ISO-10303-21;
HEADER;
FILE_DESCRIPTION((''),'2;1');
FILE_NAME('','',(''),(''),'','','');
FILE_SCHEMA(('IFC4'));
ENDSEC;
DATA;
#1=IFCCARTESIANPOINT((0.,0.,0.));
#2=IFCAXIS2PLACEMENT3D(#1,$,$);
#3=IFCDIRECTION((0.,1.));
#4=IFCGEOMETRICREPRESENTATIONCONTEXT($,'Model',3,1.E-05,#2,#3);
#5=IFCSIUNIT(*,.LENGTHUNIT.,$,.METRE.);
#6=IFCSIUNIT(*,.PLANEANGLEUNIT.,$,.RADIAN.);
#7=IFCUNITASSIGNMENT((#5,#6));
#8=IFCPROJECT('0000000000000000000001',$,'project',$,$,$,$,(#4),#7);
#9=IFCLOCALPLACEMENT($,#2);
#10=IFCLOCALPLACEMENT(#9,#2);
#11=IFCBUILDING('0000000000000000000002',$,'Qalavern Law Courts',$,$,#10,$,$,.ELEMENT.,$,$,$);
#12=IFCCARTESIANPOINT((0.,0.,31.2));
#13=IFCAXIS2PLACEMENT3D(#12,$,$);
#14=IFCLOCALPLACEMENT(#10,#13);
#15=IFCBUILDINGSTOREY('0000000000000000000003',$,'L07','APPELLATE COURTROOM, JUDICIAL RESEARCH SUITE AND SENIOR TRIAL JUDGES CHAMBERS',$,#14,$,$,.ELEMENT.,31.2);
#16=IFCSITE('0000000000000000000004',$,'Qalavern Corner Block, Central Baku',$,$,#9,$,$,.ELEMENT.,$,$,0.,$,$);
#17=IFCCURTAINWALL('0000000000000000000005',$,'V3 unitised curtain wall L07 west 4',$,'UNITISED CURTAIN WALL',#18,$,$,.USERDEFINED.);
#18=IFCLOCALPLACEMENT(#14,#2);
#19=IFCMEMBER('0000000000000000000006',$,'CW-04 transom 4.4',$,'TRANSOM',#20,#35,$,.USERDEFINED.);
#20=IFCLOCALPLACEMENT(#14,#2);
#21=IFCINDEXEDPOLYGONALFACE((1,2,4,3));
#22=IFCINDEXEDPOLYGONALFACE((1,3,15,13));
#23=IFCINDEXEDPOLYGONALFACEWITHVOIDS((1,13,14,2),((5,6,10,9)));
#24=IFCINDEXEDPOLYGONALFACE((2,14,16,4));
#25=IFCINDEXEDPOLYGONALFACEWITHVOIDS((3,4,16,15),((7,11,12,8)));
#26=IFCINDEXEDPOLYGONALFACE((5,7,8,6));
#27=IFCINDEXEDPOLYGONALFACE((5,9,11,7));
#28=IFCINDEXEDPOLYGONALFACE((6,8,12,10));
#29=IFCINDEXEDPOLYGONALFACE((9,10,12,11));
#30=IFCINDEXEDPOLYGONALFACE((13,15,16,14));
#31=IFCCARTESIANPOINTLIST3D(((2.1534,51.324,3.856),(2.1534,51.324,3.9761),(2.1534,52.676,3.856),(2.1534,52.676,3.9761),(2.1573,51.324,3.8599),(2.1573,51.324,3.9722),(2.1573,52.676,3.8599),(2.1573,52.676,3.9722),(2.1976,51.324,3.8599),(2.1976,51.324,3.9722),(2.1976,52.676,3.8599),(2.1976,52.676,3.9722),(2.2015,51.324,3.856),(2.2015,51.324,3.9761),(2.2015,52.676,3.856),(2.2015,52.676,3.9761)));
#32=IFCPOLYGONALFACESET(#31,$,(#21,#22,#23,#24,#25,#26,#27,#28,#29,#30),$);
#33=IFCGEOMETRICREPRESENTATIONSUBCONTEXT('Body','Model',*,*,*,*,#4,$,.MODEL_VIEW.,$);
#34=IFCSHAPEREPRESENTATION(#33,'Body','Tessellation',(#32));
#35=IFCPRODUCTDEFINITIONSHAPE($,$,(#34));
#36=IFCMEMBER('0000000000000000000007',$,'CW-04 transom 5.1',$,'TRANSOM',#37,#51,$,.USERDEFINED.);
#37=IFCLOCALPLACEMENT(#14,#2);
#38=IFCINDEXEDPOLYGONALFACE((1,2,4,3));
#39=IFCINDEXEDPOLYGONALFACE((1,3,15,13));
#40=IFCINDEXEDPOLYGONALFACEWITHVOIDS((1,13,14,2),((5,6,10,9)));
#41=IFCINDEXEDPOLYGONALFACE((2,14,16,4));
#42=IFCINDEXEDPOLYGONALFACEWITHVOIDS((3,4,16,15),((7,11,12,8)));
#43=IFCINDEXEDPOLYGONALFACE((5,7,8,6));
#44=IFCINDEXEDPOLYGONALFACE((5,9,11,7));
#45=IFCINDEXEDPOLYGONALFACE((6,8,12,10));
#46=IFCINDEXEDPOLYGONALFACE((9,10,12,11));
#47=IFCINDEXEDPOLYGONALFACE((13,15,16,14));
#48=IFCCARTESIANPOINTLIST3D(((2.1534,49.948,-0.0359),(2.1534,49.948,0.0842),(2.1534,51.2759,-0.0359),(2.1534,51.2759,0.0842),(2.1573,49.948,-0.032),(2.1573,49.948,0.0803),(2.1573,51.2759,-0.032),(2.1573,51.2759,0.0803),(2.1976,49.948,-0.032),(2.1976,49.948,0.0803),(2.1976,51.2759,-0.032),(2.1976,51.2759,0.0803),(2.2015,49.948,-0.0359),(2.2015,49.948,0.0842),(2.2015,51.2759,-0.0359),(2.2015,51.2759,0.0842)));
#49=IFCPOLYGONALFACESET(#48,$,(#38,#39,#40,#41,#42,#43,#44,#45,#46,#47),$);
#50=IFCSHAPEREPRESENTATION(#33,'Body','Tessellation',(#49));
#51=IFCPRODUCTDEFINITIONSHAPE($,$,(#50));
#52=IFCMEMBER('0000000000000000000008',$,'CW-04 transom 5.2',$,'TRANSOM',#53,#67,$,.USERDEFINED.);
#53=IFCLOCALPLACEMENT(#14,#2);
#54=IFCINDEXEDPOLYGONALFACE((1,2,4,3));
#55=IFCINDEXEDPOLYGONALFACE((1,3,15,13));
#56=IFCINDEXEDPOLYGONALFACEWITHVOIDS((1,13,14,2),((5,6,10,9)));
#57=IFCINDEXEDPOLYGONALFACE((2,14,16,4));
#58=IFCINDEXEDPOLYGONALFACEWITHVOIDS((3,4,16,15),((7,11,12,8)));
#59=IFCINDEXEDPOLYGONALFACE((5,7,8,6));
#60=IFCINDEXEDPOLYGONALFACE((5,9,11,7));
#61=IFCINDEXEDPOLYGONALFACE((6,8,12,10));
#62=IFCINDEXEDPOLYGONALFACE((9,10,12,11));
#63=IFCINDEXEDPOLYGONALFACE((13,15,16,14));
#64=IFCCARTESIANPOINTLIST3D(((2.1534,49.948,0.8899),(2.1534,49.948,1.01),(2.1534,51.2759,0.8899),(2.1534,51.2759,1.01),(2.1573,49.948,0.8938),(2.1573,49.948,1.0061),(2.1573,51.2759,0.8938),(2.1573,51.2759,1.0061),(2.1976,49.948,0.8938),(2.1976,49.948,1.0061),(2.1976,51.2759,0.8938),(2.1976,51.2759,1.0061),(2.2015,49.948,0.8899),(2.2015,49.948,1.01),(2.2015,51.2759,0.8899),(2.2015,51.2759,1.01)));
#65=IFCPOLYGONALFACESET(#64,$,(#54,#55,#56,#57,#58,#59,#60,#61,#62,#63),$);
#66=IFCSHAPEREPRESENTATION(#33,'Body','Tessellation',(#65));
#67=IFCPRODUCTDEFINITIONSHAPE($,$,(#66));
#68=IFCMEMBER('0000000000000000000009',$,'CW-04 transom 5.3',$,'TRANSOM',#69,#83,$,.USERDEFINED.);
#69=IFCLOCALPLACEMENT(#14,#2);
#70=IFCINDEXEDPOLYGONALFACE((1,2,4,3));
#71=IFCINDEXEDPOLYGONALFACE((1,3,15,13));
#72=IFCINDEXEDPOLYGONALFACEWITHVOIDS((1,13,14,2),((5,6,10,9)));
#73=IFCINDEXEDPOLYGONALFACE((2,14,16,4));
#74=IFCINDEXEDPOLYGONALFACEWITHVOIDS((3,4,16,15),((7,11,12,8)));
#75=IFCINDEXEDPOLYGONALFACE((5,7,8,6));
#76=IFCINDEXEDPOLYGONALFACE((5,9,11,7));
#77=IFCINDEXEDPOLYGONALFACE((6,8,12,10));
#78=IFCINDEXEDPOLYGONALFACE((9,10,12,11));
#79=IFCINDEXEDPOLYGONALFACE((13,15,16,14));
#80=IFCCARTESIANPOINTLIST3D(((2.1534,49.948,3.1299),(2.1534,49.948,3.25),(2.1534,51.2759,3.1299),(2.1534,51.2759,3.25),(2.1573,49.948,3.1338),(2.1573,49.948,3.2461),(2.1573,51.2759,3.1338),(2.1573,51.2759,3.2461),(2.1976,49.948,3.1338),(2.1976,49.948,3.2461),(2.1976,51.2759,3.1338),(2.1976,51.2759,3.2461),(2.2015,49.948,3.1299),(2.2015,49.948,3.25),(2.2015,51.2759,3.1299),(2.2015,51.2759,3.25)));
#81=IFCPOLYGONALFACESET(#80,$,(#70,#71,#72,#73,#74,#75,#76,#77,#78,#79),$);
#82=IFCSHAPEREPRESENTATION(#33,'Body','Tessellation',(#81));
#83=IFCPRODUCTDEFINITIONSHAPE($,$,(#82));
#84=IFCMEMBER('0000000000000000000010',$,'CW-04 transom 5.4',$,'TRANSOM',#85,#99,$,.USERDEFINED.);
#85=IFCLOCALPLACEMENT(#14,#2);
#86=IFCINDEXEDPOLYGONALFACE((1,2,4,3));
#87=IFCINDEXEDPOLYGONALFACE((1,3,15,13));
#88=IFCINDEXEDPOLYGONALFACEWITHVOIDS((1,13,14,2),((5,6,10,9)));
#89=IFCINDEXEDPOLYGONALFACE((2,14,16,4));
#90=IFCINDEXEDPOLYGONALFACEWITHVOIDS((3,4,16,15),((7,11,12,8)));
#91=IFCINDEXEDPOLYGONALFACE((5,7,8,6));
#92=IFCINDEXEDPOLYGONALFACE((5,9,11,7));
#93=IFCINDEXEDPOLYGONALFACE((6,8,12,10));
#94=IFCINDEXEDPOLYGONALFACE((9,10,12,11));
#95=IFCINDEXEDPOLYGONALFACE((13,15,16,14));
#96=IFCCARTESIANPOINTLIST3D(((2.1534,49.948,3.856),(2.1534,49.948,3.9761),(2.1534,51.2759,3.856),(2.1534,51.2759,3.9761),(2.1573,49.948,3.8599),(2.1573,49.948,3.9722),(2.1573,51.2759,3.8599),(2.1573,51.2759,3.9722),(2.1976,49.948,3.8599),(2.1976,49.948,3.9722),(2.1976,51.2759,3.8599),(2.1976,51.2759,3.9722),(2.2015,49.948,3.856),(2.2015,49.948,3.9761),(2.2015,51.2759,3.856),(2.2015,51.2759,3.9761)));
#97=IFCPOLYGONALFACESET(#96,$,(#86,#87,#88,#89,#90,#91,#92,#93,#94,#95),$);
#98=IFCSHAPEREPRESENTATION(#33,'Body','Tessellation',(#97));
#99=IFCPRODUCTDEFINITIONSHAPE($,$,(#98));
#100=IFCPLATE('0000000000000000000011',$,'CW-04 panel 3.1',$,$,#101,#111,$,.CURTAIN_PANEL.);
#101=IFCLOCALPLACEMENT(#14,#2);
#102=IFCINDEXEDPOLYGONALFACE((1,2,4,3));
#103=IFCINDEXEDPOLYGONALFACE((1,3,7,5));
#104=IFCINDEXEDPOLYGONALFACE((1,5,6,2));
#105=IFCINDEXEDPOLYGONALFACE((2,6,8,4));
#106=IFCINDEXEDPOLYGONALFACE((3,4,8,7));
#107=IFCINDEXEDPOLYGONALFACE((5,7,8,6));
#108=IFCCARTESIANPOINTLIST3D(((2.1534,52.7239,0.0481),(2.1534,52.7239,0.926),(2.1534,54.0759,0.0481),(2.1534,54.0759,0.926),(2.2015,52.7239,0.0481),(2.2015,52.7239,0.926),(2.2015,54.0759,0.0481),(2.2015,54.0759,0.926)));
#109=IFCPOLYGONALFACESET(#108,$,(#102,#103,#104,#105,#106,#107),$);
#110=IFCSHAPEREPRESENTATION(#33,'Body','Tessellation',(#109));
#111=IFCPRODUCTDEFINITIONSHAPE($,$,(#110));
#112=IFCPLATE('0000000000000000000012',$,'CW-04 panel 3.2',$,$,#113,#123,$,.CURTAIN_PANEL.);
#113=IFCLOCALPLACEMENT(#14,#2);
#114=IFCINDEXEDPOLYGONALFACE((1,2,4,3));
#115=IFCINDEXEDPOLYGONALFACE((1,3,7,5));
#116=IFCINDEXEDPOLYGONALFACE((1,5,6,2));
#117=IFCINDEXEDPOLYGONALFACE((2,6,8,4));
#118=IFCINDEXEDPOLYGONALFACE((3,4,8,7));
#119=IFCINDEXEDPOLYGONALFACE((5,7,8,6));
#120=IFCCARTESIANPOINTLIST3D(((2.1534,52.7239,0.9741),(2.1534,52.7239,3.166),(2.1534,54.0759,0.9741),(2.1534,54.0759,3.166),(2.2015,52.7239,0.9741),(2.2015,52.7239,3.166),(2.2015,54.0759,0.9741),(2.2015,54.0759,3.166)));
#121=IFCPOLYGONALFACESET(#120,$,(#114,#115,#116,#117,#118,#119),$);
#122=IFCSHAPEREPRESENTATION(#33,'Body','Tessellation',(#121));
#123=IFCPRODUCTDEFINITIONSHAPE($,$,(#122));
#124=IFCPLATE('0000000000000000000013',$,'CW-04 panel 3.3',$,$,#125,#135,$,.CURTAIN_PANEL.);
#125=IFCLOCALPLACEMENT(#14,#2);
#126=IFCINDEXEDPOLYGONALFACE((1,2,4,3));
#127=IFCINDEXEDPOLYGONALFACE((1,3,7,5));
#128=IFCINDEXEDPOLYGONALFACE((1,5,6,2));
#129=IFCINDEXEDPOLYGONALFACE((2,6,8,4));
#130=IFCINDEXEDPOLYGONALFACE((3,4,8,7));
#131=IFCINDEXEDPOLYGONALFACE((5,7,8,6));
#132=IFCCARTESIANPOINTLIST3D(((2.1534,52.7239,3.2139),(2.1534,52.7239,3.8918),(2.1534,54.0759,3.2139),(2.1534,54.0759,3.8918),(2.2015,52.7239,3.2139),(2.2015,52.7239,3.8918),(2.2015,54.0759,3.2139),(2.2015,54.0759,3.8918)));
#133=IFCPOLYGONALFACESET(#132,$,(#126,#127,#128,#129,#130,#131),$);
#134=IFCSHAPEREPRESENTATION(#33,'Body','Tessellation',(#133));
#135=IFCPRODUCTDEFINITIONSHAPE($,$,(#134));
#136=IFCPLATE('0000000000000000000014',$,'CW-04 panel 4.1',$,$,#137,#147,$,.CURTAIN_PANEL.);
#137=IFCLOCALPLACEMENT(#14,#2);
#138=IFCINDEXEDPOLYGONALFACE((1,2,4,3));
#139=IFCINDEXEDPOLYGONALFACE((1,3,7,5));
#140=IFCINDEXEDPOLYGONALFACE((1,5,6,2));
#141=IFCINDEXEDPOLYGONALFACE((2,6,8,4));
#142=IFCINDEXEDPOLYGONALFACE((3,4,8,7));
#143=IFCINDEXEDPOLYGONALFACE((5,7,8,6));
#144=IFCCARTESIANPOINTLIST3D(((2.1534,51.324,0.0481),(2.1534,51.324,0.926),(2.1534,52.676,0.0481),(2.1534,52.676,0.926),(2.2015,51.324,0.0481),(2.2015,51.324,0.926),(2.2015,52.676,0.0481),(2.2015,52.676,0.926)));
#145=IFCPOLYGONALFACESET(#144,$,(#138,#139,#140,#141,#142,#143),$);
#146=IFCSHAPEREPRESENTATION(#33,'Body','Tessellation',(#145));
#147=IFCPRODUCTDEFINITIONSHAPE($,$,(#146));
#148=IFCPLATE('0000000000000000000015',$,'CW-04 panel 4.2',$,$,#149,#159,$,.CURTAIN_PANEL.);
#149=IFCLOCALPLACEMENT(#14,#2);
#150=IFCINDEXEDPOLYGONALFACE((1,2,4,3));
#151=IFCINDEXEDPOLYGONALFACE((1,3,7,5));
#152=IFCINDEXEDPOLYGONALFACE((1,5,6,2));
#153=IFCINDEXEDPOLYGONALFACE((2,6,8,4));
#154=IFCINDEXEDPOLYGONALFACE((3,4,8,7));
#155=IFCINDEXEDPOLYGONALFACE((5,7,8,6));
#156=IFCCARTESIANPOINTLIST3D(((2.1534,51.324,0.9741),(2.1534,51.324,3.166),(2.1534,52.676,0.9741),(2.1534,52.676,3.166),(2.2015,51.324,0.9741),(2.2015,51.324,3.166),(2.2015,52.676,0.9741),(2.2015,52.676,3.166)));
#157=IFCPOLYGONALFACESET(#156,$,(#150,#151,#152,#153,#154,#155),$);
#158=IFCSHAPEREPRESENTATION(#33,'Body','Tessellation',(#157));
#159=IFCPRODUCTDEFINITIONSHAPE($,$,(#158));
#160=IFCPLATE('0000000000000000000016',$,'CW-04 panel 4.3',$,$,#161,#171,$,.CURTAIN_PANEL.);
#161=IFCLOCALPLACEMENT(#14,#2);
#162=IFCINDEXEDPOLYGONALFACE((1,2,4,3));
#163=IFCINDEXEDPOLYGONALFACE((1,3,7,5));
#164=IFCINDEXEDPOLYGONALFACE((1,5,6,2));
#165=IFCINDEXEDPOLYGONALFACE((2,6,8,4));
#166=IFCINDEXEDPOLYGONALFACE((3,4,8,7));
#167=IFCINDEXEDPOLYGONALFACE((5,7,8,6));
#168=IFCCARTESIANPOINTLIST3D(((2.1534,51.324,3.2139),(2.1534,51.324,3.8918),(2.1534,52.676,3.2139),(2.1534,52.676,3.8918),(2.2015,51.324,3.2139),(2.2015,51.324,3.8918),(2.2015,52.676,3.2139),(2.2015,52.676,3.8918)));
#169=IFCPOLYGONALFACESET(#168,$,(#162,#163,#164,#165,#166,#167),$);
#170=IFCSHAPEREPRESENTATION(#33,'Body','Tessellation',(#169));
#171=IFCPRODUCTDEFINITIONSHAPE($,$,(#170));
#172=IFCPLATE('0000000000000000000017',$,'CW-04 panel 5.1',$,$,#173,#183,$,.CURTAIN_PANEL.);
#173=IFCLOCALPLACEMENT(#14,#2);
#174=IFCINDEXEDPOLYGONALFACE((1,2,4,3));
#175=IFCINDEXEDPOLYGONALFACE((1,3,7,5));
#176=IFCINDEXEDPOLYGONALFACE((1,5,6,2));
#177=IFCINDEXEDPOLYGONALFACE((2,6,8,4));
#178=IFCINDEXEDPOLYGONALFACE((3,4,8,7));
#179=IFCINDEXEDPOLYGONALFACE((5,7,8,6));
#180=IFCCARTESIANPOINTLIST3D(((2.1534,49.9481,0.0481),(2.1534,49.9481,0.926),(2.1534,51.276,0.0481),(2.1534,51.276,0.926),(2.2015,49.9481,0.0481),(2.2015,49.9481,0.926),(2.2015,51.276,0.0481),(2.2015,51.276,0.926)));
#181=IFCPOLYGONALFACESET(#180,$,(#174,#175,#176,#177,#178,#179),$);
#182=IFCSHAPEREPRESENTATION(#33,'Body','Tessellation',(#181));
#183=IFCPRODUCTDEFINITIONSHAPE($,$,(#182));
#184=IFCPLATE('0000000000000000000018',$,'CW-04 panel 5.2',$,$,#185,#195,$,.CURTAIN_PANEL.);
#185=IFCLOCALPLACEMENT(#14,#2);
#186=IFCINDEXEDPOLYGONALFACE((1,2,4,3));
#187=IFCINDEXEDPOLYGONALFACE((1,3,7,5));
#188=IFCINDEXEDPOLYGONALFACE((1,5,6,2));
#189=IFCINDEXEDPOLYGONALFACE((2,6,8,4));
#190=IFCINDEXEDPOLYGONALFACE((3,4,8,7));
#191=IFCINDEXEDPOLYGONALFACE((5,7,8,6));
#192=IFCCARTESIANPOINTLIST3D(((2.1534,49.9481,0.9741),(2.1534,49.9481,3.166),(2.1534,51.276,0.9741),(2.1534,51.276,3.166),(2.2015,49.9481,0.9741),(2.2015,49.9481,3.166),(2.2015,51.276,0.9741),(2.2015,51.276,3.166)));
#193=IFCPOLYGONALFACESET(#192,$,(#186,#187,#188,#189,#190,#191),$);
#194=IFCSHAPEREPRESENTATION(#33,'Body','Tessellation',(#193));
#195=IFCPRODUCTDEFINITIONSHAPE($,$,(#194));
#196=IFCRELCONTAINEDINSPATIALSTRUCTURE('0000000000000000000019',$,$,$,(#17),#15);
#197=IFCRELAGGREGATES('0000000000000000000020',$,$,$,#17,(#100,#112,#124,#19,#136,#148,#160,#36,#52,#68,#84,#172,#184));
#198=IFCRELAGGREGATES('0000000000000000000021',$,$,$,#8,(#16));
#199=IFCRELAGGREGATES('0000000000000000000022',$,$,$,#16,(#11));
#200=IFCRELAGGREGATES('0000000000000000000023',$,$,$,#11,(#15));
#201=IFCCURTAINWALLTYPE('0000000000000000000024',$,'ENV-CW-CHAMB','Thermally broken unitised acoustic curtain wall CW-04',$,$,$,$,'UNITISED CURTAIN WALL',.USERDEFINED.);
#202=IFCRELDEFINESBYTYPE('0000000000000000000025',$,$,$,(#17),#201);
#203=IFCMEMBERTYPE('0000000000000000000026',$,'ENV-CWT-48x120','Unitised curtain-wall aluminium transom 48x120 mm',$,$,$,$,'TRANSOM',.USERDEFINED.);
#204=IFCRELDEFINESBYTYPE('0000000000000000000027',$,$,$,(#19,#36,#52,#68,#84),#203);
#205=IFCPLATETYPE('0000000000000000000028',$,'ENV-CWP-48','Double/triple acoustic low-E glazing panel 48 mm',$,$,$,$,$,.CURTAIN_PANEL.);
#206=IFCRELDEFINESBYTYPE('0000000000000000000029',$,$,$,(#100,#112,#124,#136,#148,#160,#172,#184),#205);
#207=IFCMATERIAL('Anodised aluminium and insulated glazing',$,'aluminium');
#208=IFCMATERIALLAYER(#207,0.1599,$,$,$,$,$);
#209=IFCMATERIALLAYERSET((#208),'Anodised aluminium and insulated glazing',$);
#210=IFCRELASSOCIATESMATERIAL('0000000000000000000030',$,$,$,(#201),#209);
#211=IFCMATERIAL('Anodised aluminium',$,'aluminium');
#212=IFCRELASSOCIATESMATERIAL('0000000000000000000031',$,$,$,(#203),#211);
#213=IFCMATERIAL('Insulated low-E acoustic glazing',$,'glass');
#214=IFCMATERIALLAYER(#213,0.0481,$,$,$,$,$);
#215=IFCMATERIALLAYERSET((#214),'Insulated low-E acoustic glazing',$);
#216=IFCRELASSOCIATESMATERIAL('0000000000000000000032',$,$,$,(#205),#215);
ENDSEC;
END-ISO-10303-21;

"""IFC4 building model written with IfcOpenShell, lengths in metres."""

from ifc_helpers import new_model, si_unit, direction, frame, origin, origin_2d, place, context, subcontext, project, spatial, rectangle, hollow_rectangle, extrude, material, layer, layer_set, material_profile, profile_set, type_object, element, aggregate, save


model = new_model("IFC4")

# Units and contexts
model_context = context("Model", 3, precision=1e-05, world=origin(), true_north=direction((0.0, 1.0)))
body_context = subcontext(model_context, "Body", "Model", "MODEL_VIEW")
ifc_project = project(units=[si_unit("LENGTHUNIT", "METRE"), si_unit("PLANEANGLEUNIT", "RADIAN")], contexts=[model_context])

# Site, building, storey
site_placement = place(None, origin())
site = spatial("IfcSite", under=ifc_project, at=site_placement, Name="Qalavern Corner Block, Central Baku", CompositionType="ELEMENT", RefElevation=0.0)
building_placement = place(site_placement, origin())
building = spatial("IfcBuilding", under=site, at=building_placement, Name="Qalavern Law Courts", CompositionType="ELEMENT")
storey_placement = place(building_placement, frame((0.0, 0.0, 31.2)))
storey = spatial("IfcBuildingStorey", under=building, at=storey_placement, Name="L07", Description="APPELLATE COURTROOM, JUDICIAL RESEARCH SUITE AND SENIOR TRIAL JUDGES CHAMBERS", CompositionType="ELEMENT", Elevation=31.2)

# Curtain wall, members, plates
ifc_material_1 = material(Name="Anodised aluminium and insulated glazing", Category="aluminium")
ifc_layer_1 = layer(ifc_material_1, 0.1599)
ifc_layer_set_1 = layer_set([ifc_layer_1], Name="Anodised aluminium and insulated glazing")
curtain_wall_type = type_object("IfcCurtainWallType", Name="ENV-CW-CHAMB", Description="Thermally broken unitised acoustic curtain wall CW-04", ElementType="UNITISED CURTAIN WALL", PredefinedType="USERDEFINED", material=ifc_layer_set_1)
curtain_wall_placement = place(storey_placement, origin())
curtain_wall = element("IfcCurtainWall", 1, at=curtain_wall_placement, inside=storey, type_object=curtain_wall_type, Name="V3 unitised curtain wall L07 west 4", ObjectType="UNITISED CURTAIN WALL", PredefinedType="USERDEFINED")
ifc_material_2 = material(Name="Anodised aluminium", Category="aluminium")
ifc_material_profile_1 = material_profile(ifc_material_2, hollow_rectangle(XDim=0.0481, YDim=0.1201, WallThickness=0.0039, at=origin_2d()), Name="ALU TRANSOM 48x120")
ifc_profile_set_1 = profile_set([ifc_material_profile_1], Name="Anodised aluminium")
member_type_1 = type_object("IfcMemberType", Name="ENV-CWT-48x120", Description="Unitised curtain-wall aluminium transom 48x120 mm", ElementType="TRANSOM", PredefinedType="USERDEFINED", material=ifc_profile_set_1)
member_1_placement = place(storey_placement, frame((2.1775, 52.676, 3.916), z_axis=(0.0, -1.0, 0.0), x_axis=(1.0, 0.0, 0.0)))
member_1 = element("IfcMember", 2, at=member_1_placement, type_object=member_type_1, Name="CW-04 transom 4.4", ObjectType="TRANSOM", PredefinedType="USERDEFINED", context=body_context, shape_type="SweptSolid", body=[
    extrude(hollow_rectangle(XDim=0.0481, YDim=0.1201, WallThickness=0.0039, at=origin_2d()), origin(), (0.0, 0.0, 1.0), 1.3521),
])
member_2_placement = place(storey_placement, frame((2.1775, 51.2759, 0.0242), z_axis=(0.0, -1.0, 0.0), x_axis=(1.0, 0.0, 0.0)))
member_2 = element("IfcMember", 3, at=member_2_placement, type_object=member_type_1, Name="CW-04 transom 5.1", ObjectType="TRANSOM", PredefinedType="USERDEFINED", context=body_context, shape_type="SweptSolid", body=[
    extrude(hollow_rectangle(XDim=0.0481, YDim=0.1201, WallThickness=0.0039, at=origin_2d()), origin(), (0.0, 0.0, 1.0), 1.3279),
])
member_3_placement = place(storey_placement, frame((2.1775, 51.2759, 0.95), z_axis=(0.0, -1.0, 0.0), x_axis=(1.0, 0.0, 0.0)))
member_3 = element("IfcMember", 4, at=member_3_placement, type_object=member_type_1, Name="CW-04 transom 5.2", ObjectType="TRANSOM", PredefinedType="USERDEFINED", context=body_context, shape_type="SweptSolid", body=[
    extrude(hollow_rectangle(XDim=0.0481, YDim=0.1201, WallThickness=0.0039, at=origin_2d()), origin(), (0.0, 0.0, 1.0), 1.3279),
])
member_4_placement = place(storey_placement, frame((2.1775, 51.2759, 3.1899), z_axis=(0.0, -1.0, 0.0), x_axis=(1.0, 0.0, 0.0)))
member_4 = element("IfcMember", 5, at=member_4_placement, type_object=member_type_1, Name="CW-04 transom 5.3", ObjectType="TRANSOM", PredefinedType="USERDEFINED", context=body_context, shape_type="SweptSolid", body=[
    extrude(hollow_rectangle(XDim=0.0481, YDim=0.1201, WallThickness=0.0039, at=origin_2d()), origin(), (0.0, 0.0, 1.0), 1.3279),
])
member_5_placement = place(storey_placement, frame((2.1775, 51.2759, 3.916), z_axis=(0.0, -1.0, 0.0), x_axis=(1.0, 0.0, 0.0)))
member_5 = element("IfcMember", 6, at=member_5_placement, type_object=member_type_1, Name="CW-04 transom 5.4", ObjectType="TRANSOM", PredefinedType="USERDEFINED", context=body_context, shape_type="SweptSolid", body=[
    extrude(hollow_rectangle(XDim=0.0481, YDim=0.1201, WallThickness=0.0039, at=origin_2d()), origin(), (0.0, 0.0, 1.0), 1.3279),
])
ifc_material_3 = material(Name="Insulated low-E acoustic glazing", Category="glass")
ifc_layer_2 = layer(ifc_material_3, 0.0481)
ifc_layer_set_2 = layer_set([ifc_layer_2], Name="Insulated low-E acoustic glazing")
plate_type = type_object("IfcPlateType", Name="ENV-CWP-48", Description="Double/triple acoustic low-E glazing panel 48 mm", PredefinedType="CURTAIN_PANEL", material=ifc_layer_set_2)
plate_1_placement = place(storey_placement, frame((2.1775, 53.3999, 0.0481), z_axis=(0.0, 0.0, 1.0), x_axis=(0.0, -1.0, 0.0)))
plate_1 = element("IfcPlate", 7, at=plate_1_placement, type_object=plate_type, Name="CW-04 panel 3.1", PredefinedType="CURTAIN_PANEL", context=body_context, shape_type="SweptSolid", body=[
    extrude(rectangle(XDim=1.3521, YDim=0.0481, at=origin_2d()), origin(), (0.0, 0.0, 1.0), 0.8779),
])
plate_2_placement = place(storey_placement, frame((2.1775, 53.3999, 0.9741), z_axis=(0.0, 0.0, 1.0), x_axis=(0.0, -1.0, 0.0)))
plate_2 = element("IfcPlate", 8, at=plate_2_placement, type_object=plate_type, Name="CW-04 panel 3.2", PredefinedType="CURTAIN_PANEL", context=body_context, shape_type="SweptSolid", body=[
    extrude(rectangle(XDim=1.3521, YDim=0.0481, at=origin_2d()), origin(), (0.0, 0.0, 1.0), 2.1919),
])
plate_3_placement = place(storey_placement, frame((2.1775, 53.3999, 3.2139), z_axis=(0.0, 0.0, 1.0), x_axis=(0.0, -1.0, 0.0)))
plate_3 = element("IfcPlate", 9, at=plate_3_placement, type_object=plate_type, Name="CW-04 panel 3.3", PredefinedType="CURTAIN_PANEL", context=body_context, shape_type="SweptSolid", body=[
    extrude(rectangle(XDim=1.3521, YDim=0.0481, at=origin_2d()), origin(), (0.0, 0.0, 1.0), 0.678),
])
plate_4_placement = place(storey_placement, frame((2.1775, 52.0, 0.0481), z_axis=(0.0, 0.0, 1.0), x_axis=(0.0, -1.0, 0.0)))
plate_4 = element("IfcPlate", 10, at=plate_4_placement, type_object=plate_type, Name="CW-04 panel 4.1", PredefinedType="CURTAIN_PANEL", context=body_context, shape_type="SweptSolid", body=[
    extrude(rectangle(XDim=1.3521, YDim=0.0481, at=origin_2d()), origin(), (0.0, 0.0, 1.0), 0.8779),
])
plate_5_placement = place(storey_placement, frame((2.1775, 52.0, 0.9741), z_axis=(0.0, 0.0, 1.0), x_axis=(0.0, -1.0, 0.0)))
plate_5 = element("IfcPlate", 11, at=plate_5_placement, type_object=plate_type, Name="CW-04 panel 4.2", PredefinedType="CURTAIN_PANEL", context=body_context, shape_type="SweptSolid", body=[
    extrude(rectangle(XDim=1.3521, YDim=0.0481, at=origin_2d()), origin(), (0.0, 0.0, 1.0), 2.1919),
])
plate_6_placement = place(storey_placement, frame((2.1775, 52.0, 3.2139), z_axis=(0.0, 0.0, 1.0), x_axis=(0.0, -1.0, 0.0)))
plate_6 = element("IfcPlate", 12, at=plate_6_placement, type_object=plate_type, Name="CW-04 panel 4.3", PredefinedType="CURTAIN_PANEL", context=body_context, shape_type="SweptSolid", body=[
    extrude(rectangle(XDim=1.3521, YDim=0.0481, at=origin_2d()), origin(), (0.0, 0.0, 1.0), 0.678),
])
plate_7_placement = place(storey_placement, frame((2.1775, 50.6121, 0.0481), z_axis=(0.0, 0.0, 1.0), x_axis=(0.0, -1.0, 0.0)))
plate_7 = element("IfcPlate", 13, at=plate_7_placement, type_object=plate_type, Name="CW-04 panel 5.1", PredefinedType="CURTAIN_PANEL", context=body_context, shape_type="SweptSolid", body=[
    extrude(rectangle(XDim=1.3279, YDim=0.0481, at=origin_2d()), origin(), (0.0, 0.0, 1.0), 0.8779),
])
plate_8_placement = place(storey_placement, frame((2.1775, 50.6121, 0.9741), z_axis=(0.0, 0.0, 1.0), x_axis=(0.0, -1.0, 0.0)))
plate_8 = element("IfcPlate", 14, at=plate_8_placement, type_object=plate_type, Name="CW-04 panel 5.2", PredefinedType="CURTAIN_PANEL", context=body_context, shape_type="SweptSolid", body=[
    extrude(rectangle(XDim=1.3279, YDim=0.0481, at=origin_2d()), origin(), (0.0, 0.0, 1.0), 2.1919),
])
aggregate(curtain_wall, [plate_1, plate_2, plate_3, member_1, plate_4, plate_5, plate_6, member_2, member_3, member_4, member_5, plate_7, plate_8])

save(model, "model.ifc")
